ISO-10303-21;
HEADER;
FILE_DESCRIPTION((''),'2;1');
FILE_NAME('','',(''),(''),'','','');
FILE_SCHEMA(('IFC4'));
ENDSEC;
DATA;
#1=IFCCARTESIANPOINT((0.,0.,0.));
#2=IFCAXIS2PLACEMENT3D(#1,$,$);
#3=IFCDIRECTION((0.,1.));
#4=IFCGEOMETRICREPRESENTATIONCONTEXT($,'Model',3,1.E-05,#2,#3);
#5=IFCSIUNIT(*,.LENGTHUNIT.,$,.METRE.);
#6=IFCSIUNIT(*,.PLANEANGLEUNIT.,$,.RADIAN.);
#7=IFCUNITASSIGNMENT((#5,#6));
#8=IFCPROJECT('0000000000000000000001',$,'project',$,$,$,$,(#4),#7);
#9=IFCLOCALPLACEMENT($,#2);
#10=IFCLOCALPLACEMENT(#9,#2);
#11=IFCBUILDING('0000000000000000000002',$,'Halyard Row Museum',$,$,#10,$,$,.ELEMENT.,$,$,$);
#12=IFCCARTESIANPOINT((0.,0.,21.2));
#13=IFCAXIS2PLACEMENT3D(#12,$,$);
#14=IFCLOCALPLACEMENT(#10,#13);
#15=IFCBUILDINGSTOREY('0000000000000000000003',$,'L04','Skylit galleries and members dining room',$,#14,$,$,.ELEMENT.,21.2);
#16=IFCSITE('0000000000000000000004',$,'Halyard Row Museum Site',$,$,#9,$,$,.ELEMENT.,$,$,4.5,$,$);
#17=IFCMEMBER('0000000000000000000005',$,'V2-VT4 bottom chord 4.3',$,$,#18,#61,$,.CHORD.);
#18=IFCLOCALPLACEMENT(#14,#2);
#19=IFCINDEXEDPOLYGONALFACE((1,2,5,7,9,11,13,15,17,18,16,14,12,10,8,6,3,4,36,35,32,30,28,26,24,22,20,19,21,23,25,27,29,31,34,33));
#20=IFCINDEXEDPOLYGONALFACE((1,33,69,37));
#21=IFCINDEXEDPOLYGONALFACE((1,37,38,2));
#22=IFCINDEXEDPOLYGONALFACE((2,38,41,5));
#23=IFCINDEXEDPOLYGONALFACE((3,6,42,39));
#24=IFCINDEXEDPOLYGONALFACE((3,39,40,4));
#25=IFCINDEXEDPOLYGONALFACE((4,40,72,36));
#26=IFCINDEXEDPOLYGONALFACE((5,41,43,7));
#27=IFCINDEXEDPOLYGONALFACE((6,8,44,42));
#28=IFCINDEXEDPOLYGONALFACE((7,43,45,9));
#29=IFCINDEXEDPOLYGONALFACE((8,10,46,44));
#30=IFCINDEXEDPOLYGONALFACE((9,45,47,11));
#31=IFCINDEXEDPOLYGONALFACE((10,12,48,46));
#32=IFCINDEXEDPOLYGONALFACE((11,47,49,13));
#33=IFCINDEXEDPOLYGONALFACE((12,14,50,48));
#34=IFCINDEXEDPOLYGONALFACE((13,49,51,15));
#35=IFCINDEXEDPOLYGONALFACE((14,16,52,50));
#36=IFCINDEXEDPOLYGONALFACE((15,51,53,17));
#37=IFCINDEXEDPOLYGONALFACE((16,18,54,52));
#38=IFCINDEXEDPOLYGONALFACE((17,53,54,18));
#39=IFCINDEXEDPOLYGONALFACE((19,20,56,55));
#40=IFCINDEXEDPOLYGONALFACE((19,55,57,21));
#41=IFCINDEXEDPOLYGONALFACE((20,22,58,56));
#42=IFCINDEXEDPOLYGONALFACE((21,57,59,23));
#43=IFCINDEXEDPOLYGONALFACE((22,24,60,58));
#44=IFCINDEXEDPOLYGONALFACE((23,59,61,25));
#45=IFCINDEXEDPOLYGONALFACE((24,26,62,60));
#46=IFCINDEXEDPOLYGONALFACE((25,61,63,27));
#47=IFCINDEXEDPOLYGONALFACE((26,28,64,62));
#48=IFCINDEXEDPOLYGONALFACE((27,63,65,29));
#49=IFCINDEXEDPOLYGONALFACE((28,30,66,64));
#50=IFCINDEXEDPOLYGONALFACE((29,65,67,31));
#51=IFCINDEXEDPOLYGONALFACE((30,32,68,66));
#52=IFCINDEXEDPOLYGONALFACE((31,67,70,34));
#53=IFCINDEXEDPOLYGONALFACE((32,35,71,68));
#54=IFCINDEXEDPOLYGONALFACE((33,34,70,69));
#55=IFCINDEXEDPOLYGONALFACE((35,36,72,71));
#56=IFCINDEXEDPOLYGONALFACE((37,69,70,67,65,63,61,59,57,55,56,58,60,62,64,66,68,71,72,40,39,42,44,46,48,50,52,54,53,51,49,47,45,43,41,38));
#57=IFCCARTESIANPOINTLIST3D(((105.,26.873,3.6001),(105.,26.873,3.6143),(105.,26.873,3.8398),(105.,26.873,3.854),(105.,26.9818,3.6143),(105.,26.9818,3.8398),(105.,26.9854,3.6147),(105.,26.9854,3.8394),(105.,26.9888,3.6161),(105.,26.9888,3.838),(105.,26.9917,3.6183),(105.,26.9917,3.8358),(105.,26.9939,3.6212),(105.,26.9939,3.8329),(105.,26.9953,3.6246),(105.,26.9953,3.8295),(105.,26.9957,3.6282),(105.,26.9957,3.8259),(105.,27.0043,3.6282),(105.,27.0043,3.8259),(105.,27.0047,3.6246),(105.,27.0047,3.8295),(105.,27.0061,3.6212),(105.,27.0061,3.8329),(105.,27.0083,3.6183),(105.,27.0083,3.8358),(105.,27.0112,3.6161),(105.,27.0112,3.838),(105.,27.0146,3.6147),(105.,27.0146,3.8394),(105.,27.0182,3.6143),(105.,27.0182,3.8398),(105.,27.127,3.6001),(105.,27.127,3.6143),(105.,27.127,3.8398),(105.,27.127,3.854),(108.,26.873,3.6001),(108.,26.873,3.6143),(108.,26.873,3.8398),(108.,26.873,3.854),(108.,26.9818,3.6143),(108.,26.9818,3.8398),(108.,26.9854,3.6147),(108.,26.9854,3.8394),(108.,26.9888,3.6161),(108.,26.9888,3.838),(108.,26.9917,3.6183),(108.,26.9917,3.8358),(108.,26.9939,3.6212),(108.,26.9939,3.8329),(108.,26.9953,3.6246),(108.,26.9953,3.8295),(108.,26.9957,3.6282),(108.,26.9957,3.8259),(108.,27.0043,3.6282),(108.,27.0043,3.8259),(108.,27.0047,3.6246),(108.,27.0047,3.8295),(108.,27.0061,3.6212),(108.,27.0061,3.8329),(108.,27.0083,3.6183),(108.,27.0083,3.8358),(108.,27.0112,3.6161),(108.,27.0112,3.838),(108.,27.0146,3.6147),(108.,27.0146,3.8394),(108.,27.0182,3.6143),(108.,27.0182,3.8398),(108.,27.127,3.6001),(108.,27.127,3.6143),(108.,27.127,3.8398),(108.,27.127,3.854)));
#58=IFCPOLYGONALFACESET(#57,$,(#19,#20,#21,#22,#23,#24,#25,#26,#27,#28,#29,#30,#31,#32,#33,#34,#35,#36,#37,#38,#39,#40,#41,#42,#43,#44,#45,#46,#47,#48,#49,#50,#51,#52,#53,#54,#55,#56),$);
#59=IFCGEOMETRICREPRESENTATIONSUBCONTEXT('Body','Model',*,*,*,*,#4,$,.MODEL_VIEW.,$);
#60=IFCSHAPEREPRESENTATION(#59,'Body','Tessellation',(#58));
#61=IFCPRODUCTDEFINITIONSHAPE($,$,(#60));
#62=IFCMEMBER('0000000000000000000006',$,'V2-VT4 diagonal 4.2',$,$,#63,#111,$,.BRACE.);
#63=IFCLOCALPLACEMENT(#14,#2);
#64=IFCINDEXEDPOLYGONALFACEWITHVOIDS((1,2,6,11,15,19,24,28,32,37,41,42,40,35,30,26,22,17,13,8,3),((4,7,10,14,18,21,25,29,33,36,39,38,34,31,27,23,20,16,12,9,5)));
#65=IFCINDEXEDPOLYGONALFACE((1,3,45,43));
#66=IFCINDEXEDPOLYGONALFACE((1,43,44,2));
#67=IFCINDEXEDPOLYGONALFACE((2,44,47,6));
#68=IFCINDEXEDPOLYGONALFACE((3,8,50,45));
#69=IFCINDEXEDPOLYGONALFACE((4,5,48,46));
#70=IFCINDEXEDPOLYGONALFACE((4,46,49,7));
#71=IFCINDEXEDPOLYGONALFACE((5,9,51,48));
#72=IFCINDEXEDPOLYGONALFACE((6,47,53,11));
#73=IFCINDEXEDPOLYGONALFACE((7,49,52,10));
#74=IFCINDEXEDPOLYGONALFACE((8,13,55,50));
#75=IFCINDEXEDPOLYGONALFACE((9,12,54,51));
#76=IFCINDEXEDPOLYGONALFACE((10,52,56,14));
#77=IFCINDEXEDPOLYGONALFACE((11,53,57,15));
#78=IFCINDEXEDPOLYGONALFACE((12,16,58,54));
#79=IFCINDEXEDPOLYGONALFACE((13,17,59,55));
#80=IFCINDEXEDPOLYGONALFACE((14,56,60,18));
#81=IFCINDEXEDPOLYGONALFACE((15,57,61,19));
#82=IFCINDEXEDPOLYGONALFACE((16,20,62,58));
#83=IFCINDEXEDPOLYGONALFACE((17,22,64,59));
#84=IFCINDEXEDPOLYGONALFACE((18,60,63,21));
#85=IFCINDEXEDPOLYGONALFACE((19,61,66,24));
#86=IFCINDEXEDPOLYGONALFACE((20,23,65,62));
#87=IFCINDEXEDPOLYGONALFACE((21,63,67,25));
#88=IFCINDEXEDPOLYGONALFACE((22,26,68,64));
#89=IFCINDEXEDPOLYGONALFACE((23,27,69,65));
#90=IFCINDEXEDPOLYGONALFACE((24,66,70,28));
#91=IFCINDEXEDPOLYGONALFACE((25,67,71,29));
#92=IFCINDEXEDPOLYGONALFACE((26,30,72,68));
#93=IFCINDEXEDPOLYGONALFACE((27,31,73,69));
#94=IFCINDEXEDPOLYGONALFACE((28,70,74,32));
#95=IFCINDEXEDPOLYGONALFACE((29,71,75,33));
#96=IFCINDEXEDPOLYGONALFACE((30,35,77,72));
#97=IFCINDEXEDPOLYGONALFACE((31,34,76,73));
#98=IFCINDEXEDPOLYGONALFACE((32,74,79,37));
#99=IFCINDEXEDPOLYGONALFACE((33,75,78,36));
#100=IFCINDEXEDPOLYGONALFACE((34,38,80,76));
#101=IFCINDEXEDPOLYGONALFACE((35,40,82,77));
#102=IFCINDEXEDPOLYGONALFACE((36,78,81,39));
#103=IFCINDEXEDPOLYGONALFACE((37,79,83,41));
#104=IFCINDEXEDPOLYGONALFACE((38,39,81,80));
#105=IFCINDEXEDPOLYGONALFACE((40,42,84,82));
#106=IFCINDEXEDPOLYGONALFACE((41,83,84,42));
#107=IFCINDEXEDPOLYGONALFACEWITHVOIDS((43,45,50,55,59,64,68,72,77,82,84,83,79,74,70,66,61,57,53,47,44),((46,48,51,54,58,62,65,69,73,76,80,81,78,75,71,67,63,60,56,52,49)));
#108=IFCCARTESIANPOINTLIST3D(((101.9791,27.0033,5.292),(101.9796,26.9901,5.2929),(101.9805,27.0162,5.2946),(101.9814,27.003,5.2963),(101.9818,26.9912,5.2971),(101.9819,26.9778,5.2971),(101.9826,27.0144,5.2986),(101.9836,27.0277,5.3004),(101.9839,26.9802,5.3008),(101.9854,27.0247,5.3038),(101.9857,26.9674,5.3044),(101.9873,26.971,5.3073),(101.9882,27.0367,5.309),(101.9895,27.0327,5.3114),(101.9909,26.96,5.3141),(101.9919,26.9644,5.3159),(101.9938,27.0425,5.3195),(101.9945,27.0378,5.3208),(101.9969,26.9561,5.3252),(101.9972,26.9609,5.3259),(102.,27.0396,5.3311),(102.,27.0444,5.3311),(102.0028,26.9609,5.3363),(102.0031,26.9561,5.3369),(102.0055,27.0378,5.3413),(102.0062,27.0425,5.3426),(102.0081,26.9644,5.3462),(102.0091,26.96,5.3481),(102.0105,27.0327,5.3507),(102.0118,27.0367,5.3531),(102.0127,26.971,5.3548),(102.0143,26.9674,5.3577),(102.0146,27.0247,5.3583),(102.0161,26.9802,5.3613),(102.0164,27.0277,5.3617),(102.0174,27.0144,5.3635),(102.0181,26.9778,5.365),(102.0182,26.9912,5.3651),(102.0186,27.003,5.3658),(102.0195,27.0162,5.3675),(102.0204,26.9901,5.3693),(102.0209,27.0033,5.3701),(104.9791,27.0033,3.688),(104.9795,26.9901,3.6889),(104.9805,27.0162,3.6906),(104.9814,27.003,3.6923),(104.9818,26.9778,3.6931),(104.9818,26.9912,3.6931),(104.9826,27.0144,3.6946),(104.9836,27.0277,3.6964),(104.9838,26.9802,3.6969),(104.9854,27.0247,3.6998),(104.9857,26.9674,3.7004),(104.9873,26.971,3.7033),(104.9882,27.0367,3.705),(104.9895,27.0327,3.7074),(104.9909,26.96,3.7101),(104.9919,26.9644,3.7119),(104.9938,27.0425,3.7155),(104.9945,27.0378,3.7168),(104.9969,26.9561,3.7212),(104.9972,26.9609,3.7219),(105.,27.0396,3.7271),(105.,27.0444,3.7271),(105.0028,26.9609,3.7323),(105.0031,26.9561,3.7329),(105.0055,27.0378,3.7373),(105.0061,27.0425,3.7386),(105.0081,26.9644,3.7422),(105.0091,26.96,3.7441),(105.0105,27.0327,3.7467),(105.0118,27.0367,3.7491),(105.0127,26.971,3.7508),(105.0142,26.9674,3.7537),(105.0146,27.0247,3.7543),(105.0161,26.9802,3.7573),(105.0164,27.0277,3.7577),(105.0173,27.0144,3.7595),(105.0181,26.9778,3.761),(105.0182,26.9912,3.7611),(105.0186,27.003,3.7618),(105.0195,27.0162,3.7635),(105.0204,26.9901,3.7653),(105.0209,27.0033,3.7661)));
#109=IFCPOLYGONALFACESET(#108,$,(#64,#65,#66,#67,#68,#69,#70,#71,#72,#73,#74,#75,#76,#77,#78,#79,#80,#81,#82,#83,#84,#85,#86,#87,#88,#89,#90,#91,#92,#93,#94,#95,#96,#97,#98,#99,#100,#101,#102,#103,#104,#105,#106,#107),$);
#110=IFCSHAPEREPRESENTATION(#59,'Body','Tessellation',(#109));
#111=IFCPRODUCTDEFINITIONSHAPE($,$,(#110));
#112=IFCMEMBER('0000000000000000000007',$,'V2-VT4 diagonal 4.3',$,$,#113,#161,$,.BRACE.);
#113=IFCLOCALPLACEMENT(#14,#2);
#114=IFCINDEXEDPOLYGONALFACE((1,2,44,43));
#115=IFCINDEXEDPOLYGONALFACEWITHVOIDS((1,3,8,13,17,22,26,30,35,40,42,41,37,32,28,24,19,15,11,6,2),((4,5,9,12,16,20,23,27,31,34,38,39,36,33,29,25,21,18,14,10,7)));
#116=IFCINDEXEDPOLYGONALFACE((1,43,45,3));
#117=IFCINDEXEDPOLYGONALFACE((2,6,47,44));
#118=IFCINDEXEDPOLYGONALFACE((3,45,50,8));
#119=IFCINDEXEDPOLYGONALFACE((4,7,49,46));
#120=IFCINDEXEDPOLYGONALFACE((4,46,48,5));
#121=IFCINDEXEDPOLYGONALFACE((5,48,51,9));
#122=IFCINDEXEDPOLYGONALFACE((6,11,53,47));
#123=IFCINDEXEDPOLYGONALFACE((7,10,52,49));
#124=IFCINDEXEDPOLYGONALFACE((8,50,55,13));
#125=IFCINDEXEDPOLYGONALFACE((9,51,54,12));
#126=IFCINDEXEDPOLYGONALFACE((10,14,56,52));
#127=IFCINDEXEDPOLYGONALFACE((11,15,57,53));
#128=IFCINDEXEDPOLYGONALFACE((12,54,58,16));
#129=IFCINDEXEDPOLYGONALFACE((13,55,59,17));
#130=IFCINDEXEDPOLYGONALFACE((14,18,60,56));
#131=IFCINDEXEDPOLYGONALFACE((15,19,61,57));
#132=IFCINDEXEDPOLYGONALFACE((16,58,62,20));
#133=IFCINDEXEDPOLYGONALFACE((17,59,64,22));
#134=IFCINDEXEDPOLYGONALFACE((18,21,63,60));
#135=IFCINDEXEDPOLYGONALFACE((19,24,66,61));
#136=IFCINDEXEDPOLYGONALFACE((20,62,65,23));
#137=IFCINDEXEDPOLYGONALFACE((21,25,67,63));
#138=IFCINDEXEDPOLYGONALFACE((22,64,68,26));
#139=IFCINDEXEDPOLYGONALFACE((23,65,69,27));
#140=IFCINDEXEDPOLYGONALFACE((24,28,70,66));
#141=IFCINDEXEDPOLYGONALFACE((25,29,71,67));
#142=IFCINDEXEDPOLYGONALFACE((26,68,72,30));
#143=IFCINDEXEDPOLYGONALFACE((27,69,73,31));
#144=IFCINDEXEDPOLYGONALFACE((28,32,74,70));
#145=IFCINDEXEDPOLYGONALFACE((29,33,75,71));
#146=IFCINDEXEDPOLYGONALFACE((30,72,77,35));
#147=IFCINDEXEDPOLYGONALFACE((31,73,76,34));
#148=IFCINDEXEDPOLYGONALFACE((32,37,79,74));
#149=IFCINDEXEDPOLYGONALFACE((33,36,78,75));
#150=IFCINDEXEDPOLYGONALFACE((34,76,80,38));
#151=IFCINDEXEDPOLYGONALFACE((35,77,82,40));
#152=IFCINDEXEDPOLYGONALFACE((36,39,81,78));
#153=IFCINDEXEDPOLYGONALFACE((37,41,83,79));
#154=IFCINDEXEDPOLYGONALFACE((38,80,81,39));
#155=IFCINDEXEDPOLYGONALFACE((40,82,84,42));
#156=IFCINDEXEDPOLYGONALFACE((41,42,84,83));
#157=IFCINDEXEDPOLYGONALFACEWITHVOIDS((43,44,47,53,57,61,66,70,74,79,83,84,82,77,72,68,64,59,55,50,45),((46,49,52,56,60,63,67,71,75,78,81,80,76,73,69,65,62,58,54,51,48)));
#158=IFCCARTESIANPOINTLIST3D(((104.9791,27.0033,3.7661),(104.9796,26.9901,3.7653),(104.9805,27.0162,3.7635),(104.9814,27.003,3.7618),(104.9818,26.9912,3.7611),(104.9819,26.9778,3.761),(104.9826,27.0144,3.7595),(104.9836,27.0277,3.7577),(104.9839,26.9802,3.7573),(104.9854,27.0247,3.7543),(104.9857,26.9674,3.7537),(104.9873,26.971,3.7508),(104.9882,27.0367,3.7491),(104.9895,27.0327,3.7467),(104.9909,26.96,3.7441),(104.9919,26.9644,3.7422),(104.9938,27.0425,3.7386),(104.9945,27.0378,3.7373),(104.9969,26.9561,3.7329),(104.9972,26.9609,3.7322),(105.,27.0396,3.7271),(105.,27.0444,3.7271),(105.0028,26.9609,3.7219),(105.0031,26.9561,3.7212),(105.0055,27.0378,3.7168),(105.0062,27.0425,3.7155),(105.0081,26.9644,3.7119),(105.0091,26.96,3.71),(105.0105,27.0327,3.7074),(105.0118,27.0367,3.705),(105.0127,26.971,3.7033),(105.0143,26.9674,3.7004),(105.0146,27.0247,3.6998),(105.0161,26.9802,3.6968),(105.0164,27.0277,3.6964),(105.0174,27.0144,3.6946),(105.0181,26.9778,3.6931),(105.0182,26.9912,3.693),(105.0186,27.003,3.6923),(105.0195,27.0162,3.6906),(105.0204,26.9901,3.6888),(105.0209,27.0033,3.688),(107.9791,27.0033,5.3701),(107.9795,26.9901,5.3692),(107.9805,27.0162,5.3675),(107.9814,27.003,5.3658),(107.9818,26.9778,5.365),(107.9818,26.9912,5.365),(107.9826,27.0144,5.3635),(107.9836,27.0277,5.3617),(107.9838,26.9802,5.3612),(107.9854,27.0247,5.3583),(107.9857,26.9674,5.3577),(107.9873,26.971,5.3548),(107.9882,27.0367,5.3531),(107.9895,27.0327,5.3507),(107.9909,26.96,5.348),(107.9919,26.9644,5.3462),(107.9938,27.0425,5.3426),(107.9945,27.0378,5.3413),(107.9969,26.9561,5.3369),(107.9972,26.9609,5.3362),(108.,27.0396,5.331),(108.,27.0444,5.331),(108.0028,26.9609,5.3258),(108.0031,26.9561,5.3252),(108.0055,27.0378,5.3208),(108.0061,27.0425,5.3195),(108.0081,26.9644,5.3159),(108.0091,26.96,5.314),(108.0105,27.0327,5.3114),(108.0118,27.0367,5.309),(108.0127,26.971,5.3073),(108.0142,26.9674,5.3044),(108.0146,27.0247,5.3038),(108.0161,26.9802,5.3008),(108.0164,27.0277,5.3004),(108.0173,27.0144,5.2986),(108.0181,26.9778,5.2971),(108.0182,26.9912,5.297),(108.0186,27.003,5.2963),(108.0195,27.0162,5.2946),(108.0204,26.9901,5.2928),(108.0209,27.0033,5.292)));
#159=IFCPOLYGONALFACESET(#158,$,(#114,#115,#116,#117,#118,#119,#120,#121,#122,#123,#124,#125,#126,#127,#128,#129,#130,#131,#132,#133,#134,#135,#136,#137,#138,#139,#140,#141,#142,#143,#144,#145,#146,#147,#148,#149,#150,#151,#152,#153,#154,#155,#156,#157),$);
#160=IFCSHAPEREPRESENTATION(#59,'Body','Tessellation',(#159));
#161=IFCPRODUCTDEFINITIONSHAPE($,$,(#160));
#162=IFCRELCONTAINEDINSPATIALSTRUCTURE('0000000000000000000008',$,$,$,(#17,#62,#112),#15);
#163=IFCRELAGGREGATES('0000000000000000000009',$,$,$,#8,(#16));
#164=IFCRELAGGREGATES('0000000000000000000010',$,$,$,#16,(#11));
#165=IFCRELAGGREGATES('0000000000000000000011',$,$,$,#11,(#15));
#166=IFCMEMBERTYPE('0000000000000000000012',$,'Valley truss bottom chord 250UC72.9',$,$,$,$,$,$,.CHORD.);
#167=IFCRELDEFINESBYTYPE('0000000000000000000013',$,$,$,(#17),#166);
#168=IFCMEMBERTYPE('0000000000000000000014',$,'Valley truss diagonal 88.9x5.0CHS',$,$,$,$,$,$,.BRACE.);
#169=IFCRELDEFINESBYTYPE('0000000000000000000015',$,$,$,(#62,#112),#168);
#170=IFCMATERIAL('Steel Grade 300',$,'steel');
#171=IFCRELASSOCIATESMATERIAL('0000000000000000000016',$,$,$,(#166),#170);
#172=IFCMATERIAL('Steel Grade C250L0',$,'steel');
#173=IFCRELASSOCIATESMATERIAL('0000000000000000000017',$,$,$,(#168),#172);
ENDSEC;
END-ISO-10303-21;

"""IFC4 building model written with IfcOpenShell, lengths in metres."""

from ifc_helpers import new_model, si_unit, direction, frame, origin, origin_2d, place, context, subcontext, project, spatial, hollow_circle, i_section, extrude, material, material_profile, profile_set, type_object, element, save


model = new_model("IFC4")

# Units and contexts
model_context = context("Model", 3, precision=1e-05, world=origin(), true_north=direction((0.0, 1.0)))
body_context = subcontext(model_context, "Body", "Model", "MODEL_VIEW")
ifc_project = project(units=[si_unit("LENGTHUNIT", "METRE"), si_unit("PLANEANGLEUNIT", "RADIAN")], contexts=[model_context])

# Site, building, storey
site_placement = place(None, origin())
site = spatial("IfcSite", under=ifc_project, at=site_placement, Name="Halyard Row Museum Site", CompositionType="ELEMENT", RefElevation=4.5)
building_placement = place(site_placement, origin())
building = spatial("IfcBuilding", under=site, at=building_placement, Name="Halyard Row Museum", CompositionType="ELEMENT")
storey_placement = place(building_placement, frame((0.0, 0.0, 21.2)))
storey = spatial("IfcBuildingStorey", under=building, at=storey_placement, Name="L04", Description="Skylit galleries and members dining room", CompositionType="ELEMENT", Elevation=21.2)

# Members
ifc_material_1 = material(Name="Steel Grade 300", Category="steel")
ifc_material_profile_1 = material_profile(ifc_material_1, i_section(OverallWidth=0.2539, OverallDepth=0.2539, WebThickness=0.0085, FlangeThickness=0.0142, FilletRadius=0.0139, at=origin_2d()), Name="250UC72.9")
ifc_profile_set_1 = profile_set([ifc_material_profile_1], Name="Steel Grade 300")
member_type_1 = type_object("IfcMemberType", Name="Valley truss bottom chord 250UC72.9", PredefinedType="CHORD", material=ifc_profile_set_1)
for number, where, z_axis, x_axis, name in (
    (1, (105.0, 27.0, 3.7271), (1.0, 0.0, 0.0), (0.0, 1.0, 0.0), "V2-VT4 bottom chord 4.3"),
):
    element("IfcMember", number, at=place(storey_placement, frame(where, z_axis=z_axis, x_axis=x_axis)), inside=storey, type_object=member_type_1, Name=name, PredefinedType="CHORD", context=body_context, shape_type="SweptSolid", body=[
        extrude(i_section(OverallWidth=0.2539, OverallDepth=0.2539, WebThickness=0.0085, FlangeThickness=0.0142, FilletRadius=0.0139, at=origin_2d()), origin(), (0.0, 0.0, 1.0), 3.0),
    ])
ifc_material_2 = material(Name="Steel Grade C250L0", Category="steel")
ifc_material_profile_2 = material_profile(ifc_material_2, hollow_circle(Radius=0.0444, WallThickness=0.0049, at=origin_2d()), Name="88.9x5.0CHS")
ifc_profile_set_2 = profile_set([ifc_material_profile_2], Name="Steel Grade C250L0")
member_type_2 = type_object("IfcMemberType", Name="Valley truss diagonal 88.9x5.0CHS", PredefinedType="BRACE", material=ifc_profile_set_2)
for number, where, z_axis, x_axis, name in (
    (2, (102.0, 27.0, 5.3311), (0.881864, 0.0, -0.471504), (0.0, 1.0, 0.0), "V2-VT4 diagonal 4.2"),
    (3, (105.0, 27.0, 3.7271), (0.881864, 0.0, 0.471504), (0.0, 1.0, 0.0), "V2-VT4 diagonal 4.3"),
):
    element("IfcMember", number, at=place(storey_placement, frame(where, z_axis=z_axis, x_axis=x_axis)), inside=storey, type_object=member_type_2, Name=name, PredefinedType="BRACE", context=body_context, shape_type="SweptSolid", body=[
        extrude(hollow_circle(Radius=0.0444, WallThickness=0.0049, at=origin_2d()), origin(), (0.0, 0.0, 1.0), 3.4019),
    ])

save(model, "model.ifc")
